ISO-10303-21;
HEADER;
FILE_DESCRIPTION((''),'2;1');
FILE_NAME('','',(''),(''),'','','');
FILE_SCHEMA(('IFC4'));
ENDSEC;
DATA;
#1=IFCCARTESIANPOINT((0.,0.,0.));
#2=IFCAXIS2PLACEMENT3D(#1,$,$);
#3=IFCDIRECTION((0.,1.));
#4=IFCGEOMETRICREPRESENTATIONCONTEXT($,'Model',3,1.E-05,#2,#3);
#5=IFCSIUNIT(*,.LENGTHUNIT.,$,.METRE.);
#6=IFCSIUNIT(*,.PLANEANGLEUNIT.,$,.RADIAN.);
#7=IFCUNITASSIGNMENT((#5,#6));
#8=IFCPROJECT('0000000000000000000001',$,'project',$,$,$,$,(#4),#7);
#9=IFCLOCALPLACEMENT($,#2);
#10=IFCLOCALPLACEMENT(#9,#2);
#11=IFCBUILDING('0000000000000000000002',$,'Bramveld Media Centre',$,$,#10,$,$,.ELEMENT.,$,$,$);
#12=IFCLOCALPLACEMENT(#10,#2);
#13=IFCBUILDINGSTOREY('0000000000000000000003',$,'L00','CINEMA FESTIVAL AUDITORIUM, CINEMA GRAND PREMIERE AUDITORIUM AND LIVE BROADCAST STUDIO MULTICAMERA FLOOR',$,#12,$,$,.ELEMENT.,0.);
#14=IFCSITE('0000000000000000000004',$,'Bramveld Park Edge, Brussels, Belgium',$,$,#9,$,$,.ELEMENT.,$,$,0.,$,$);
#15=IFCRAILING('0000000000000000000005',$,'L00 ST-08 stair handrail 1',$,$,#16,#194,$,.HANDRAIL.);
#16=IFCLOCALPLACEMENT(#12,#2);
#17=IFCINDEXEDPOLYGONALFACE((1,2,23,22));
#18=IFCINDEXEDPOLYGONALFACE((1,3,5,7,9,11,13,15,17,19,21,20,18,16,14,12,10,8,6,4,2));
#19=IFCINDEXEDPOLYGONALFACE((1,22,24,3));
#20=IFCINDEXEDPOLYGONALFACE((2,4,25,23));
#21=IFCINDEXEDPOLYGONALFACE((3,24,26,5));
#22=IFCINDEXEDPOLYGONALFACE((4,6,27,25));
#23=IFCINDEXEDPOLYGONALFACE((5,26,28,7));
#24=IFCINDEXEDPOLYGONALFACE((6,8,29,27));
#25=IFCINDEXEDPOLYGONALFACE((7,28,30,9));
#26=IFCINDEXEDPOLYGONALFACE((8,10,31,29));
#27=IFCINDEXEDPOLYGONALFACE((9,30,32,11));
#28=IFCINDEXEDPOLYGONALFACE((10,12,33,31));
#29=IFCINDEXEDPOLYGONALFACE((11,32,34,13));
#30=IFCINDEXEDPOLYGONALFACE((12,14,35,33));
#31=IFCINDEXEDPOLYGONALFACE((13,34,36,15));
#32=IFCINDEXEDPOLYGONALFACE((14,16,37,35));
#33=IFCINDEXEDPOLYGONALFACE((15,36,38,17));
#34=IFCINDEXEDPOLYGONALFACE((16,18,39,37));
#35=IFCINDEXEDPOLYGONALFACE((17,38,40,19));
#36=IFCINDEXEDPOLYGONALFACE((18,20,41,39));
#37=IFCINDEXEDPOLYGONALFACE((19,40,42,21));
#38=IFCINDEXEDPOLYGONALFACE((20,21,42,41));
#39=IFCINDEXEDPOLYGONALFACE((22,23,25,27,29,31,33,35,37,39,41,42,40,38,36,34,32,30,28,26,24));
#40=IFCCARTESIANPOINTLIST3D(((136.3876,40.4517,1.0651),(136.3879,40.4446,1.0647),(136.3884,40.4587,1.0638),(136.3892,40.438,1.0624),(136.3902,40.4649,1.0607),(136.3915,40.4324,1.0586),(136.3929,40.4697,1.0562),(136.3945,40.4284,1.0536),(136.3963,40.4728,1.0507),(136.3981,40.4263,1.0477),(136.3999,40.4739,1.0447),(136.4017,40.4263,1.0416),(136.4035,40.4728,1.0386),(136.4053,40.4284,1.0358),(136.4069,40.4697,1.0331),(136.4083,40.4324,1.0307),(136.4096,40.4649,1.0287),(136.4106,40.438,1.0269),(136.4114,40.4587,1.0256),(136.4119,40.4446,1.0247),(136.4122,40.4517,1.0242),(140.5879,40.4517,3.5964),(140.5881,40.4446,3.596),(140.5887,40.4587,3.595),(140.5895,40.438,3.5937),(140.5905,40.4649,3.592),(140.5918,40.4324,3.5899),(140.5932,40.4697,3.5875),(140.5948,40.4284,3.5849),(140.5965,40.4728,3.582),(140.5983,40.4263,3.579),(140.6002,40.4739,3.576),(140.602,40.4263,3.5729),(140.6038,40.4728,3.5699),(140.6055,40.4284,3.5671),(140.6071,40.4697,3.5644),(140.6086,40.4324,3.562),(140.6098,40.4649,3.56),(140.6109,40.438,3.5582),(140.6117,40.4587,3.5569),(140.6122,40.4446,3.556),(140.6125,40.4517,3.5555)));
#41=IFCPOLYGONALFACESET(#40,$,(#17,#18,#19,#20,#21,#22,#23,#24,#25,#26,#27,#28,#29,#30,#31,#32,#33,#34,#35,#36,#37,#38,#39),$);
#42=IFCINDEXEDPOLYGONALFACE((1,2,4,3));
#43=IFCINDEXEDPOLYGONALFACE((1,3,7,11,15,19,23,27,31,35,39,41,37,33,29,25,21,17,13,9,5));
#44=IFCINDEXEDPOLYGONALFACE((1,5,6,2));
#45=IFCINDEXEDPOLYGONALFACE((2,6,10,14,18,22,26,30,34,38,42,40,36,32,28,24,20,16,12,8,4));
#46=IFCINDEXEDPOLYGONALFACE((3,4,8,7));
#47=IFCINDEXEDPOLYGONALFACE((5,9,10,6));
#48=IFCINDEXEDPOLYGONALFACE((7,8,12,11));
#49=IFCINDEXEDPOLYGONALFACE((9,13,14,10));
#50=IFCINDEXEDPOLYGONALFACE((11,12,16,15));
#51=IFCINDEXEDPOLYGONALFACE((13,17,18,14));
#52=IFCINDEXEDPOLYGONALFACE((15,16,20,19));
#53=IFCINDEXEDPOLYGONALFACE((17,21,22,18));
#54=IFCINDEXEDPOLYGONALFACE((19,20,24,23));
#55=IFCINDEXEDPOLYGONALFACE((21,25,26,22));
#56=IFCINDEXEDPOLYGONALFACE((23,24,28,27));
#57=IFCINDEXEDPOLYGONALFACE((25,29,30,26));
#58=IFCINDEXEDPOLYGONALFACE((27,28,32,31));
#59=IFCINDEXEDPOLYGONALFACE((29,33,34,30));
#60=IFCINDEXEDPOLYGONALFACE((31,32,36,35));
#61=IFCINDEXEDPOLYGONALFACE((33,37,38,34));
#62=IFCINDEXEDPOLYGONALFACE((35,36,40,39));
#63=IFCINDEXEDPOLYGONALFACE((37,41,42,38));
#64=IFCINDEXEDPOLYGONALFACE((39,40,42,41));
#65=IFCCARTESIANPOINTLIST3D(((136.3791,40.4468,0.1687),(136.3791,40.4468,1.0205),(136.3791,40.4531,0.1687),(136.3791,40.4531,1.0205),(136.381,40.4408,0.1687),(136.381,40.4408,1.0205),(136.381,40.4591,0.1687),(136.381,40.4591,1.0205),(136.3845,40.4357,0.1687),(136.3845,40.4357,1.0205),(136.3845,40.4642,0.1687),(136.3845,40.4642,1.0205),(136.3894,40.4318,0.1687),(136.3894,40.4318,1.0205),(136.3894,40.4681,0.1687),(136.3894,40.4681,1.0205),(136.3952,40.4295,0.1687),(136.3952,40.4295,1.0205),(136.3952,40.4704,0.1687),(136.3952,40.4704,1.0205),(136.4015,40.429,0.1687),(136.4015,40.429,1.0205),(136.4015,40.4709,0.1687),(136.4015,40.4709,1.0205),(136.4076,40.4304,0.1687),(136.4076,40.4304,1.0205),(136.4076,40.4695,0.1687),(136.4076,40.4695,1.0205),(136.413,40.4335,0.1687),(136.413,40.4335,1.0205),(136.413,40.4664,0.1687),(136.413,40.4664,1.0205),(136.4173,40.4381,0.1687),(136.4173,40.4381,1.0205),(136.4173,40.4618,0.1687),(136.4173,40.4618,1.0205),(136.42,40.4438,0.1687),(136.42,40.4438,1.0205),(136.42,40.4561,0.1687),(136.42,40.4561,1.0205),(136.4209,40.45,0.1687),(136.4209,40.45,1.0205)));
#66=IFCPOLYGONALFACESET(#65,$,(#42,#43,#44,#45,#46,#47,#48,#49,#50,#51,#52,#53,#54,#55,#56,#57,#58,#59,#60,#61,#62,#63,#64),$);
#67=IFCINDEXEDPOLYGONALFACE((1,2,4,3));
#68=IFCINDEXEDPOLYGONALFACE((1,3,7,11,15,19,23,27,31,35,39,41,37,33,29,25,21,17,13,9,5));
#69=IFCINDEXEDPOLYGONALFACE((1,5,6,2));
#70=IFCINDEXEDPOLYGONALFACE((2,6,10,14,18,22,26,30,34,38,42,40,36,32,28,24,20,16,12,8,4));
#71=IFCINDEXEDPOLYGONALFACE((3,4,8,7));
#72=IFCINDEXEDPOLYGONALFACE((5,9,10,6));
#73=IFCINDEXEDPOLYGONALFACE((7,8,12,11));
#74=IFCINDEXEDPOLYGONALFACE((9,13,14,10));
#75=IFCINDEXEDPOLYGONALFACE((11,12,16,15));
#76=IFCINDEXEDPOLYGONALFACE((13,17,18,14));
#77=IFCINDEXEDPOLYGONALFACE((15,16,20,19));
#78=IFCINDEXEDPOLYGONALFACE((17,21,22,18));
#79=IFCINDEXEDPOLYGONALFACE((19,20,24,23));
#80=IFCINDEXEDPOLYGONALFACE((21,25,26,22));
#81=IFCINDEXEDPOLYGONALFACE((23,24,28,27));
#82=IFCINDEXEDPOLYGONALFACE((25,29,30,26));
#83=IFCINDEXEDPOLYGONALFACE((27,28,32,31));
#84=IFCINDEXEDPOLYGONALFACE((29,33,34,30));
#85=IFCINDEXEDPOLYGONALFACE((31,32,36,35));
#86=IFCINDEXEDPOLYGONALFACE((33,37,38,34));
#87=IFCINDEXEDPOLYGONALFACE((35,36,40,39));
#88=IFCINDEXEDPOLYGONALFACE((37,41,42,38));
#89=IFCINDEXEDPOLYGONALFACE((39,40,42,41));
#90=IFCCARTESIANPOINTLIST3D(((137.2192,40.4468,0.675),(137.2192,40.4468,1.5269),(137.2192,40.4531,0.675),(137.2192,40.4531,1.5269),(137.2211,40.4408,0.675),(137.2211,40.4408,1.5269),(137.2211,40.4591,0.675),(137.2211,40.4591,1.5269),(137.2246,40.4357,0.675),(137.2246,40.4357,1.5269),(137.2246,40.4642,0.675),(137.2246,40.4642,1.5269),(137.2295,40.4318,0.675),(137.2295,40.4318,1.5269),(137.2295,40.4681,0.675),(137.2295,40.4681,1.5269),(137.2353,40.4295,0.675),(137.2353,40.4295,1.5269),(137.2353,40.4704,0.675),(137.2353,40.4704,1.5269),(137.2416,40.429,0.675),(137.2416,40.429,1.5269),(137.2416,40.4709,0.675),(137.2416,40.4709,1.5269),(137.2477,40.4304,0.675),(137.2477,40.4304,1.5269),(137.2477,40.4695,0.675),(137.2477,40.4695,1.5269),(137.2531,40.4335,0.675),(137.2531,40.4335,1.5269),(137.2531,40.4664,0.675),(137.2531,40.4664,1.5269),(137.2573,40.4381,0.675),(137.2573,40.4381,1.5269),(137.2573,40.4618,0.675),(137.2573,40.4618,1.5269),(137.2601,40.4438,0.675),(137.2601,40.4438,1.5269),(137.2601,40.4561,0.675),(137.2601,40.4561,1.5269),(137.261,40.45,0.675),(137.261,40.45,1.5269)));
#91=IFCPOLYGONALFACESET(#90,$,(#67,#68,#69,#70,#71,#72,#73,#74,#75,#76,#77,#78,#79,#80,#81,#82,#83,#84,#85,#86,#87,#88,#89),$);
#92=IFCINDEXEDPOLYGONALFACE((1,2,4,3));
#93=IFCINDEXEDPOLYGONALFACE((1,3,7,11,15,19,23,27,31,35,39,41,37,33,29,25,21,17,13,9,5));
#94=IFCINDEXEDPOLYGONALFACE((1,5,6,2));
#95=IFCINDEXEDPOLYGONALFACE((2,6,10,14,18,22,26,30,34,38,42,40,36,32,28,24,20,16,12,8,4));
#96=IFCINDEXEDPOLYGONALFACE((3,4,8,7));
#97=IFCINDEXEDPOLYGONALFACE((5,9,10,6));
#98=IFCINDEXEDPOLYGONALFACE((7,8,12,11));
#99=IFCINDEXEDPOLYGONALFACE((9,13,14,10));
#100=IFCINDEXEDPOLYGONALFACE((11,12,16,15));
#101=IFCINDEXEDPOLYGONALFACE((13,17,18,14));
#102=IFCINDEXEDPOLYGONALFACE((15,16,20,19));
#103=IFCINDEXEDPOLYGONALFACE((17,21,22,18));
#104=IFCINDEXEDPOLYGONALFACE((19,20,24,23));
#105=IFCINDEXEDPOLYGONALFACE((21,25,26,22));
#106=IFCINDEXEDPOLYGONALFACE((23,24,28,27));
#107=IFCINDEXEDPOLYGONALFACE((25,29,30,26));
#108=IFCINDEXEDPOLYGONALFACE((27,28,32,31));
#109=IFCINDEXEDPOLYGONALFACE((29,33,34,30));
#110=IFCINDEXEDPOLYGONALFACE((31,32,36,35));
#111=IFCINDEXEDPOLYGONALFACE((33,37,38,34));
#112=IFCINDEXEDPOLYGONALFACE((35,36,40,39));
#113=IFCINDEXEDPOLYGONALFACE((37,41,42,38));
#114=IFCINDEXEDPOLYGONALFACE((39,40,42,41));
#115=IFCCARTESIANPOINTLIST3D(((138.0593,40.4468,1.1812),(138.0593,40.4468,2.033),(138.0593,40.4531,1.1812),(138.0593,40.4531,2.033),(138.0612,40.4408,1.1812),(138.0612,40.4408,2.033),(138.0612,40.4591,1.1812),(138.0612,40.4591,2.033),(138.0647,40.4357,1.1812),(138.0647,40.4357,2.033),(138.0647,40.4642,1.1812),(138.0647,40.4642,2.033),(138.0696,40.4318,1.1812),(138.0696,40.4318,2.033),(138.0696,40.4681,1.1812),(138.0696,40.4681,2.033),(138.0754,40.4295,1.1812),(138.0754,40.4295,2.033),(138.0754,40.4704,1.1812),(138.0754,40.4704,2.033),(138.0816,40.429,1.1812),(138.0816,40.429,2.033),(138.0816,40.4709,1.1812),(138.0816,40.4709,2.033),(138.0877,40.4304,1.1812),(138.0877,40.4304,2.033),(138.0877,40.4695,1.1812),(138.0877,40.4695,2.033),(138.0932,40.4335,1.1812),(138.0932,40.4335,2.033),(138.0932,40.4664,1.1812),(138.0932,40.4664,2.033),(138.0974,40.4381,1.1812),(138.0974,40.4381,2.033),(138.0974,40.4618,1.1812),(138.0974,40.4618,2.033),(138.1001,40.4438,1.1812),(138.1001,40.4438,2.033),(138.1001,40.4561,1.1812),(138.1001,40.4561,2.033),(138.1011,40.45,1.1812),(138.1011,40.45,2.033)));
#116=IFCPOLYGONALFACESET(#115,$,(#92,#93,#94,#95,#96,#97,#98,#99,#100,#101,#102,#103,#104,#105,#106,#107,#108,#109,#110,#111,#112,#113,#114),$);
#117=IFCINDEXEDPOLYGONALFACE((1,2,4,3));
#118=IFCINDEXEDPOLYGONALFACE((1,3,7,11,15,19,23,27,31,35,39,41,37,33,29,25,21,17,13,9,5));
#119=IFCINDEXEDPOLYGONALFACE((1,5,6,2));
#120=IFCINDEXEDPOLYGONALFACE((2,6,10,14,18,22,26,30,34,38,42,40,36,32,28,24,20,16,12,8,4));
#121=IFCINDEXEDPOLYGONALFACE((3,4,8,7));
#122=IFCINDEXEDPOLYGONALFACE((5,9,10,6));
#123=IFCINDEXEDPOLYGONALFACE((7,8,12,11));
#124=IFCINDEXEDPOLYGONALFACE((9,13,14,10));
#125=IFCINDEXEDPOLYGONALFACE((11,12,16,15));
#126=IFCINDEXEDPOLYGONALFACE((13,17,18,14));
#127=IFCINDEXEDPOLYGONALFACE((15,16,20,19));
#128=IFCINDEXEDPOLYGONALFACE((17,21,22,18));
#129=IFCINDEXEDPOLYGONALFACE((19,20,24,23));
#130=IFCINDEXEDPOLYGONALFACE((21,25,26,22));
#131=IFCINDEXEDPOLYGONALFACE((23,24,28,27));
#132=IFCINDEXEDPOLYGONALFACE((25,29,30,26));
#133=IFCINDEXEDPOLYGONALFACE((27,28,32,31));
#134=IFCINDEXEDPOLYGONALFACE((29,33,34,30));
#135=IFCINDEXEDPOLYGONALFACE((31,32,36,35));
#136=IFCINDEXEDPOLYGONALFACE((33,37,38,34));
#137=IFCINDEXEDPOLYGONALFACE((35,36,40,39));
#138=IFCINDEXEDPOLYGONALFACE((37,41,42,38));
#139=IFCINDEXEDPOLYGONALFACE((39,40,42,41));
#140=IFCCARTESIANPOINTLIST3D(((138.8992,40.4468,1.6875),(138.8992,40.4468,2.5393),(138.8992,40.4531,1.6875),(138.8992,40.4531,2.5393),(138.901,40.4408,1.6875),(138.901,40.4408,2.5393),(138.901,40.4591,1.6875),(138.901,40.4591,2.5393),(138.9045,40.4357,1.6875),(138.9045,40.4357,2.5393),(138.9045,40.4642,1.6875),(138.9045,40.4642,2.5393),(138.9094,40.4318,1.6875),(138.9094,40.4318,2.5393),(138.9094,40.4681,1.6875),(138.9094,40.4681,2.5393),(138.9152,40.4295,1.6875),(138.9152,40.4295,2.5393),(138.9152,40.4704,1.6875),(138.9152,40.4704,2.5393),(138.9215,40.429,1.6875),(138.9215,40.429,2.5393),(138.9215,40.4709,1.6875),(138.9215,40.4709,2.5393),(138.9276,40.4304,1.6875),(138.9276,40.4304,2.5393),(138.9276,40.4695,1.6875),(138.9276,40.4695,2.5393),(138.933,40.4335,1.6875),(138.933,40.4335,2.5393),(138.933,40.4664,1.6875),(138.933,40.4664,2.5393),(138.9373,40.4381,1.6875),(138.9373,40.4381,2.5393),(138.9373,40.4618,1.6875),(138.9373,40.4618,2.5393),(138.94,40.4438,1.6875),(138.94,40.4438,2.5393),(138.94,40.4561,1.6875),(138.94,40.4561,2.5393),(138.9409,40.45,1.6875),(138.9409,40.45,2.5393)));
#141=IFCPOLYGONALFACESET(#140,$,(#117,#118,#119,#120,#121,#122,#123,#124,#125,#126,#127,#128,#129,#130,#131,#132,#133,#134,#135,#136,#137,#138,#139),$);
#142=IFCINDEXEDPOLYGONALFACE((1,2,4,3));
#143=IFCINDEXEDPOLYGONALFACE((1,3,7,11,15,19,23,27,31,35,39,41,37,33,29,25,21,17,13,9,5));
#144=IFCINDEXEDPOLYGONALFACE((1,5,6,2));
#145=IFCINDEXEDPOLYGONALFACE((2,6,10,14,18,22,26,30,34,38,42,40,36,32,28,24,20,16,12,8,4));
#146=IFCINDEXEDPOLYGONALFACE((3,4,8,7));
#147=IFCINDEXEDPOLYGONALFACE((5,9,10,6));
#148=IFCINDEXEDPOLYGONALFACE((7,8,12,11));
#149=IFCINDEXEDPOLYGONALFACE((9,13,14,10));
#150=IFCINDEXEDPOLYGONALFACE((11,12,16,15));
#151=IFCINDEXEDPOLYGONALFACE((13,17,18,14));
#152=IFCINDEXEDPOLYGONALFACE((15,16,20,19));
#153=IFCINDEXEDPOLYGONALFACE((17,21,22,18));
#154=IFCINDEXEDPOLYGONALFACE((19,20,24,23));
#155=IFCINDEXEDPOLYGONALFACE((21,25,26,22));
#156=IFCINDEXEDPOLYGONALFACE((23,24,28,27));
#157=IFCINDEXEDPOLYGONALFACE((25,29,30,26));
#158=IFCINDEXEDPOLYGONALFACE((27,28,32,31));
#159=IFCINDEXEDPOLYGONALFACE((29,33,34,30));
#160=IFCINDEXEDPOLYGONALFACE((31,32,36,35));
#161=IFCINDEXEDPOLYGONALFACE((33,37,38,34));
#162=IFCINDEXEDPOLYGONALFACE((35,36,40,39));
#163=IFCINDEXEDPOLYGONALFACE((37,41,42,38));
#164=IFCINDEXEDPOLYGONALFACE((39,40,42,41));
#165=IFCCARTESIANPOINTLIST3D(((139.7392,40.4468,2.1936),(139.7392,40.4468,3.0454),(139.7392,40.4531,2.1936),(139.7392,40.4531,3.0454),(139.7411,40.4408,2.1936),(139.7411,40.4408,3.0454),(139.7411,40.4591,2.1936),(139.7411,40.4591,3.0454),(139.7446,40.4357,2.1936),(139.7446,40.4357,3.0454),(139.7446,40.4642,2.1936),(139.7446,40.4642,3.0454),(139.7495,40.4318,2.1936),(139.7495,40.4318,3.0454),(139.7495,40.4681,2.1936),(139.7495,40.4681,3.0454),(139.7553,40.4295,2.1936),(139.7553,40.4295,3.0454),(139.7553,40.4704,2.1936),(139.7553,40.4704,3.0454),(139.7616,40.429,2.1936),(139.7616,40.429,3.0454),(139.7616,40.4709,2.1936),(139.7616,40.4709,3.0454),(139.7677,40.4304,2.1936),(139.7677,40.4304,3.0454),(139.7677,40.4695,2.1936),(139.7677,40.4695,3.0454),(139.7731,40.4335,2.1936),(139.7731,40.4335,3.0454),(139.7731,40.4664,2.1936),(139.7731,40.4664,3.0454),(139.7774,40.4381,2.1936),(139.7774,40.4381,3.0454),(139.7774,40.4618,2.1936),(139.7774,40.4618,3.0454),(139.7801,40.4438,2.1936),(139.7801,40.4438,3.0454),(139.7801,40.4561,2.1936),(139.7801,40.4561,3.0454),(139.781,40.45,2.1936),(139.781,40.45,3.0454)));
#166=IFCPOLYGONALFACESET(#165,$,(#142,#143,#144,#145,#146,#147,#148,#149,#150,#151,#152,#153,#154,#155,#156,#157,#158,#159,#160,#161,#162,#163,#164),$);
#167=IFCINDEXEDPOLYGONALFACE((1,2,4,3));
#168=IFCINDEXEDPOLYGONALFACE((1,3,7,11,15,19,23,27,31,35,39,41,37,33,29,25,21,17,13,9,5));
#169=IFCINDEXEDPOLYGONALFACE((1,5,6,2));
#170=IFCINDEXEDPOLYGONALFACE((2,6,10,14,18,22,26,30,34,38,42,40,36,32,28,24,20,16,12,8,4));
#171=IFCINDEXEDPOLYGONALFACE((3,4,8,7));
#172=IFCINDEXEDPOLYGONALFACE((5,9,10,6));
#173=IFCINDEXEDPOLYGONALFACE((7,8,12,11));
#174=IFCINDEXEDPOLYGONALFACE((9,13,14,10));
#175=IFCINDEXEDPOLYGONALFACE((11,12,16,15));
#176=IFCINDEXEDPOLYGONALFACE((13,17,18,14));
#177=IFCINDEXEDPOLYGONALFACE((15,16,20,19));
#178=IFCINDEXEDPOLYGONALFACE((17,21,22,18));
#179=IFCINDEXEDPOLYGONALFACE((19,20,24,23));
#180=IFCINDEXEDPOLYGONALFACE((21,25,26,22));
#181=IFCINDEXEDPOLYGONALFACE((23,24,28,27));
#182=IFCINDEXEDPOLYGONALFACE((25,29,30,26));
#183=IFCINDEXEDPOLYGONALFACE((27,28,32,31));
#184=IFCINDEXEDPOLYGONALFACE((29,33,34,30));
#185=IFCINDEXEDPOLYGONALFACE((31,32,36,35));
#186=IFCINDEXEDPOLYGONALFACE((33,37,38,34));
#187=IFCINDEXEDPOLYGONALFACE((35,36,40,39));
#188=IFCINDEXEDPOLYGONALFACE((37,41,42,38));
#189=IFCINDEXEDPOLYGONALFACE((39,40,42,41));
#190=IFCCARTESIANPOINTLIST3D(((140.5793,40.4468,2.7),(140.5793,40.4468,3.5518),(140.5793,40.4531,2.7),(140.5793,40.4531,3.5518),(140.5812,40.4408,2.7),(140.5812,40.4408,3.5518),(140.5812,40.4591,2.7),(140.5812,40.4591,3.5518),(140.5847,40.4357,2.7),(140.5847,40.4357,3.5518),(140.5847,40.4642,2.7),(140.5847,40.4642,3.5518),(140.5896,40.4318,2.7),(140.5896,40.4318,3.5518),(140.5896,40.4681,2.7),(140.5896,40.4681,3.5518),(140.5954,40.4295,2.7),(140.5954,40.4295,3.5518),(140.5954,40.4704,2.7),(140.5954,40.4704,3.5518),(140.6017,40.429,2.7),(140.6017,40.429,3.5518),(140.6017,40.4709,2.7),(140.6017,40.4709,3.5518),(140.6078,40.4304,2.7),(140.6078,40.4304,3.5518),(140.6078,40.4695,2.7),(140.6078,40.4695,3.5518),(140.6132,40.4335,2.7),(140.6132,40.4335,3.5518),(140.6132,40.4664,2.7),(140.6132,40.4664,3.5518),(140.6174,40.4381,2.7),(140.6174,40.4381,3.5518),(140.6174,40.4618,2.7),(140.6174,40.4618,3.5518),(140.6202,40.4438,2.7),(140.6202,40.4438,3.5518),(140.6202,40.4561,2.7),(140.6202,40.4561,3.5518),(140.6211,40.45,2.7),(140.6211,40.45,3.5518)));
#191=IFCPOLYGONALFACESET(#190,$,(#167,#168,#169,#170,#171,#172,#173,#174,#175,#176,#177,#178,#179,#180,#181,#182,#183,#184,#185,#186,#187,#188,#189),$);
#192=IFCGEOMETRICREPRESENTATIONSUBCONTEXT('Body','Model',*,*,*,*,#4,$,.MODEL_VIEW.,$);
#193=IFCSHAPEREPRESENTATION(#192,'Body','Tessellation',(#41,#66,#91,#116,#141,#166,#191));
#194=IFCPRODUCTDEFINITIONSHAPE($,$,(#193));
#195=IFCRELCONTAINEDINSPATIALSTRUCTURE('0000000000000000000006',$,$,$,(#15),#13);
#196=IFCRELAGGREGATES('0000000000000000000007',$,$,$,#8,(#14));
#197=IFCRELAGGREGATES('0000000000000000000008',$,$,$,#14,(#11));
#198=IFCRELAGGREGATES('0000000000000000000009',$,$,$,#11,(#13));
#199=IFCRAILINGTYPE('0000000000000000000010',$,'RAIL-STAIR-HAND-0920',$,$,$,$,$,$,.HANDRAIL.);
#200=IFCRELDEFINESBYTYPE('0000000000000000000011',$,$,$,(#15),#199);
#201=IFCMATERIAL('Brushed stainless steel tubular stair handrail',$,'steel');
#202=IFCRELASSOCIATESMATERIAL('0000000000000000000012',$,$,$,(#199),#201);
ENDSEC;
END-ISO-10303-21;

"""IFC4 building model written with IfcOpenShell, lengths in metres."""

from ifc_helpers import new_model, si_unit, direction, frame, origin, origin_2d, place, context, subcontext, project, spatial, circle, extrude, material, type_object, element, save


model = new_model("IFC4")

# Units and contexts
model_context = context("Model", 3, precision=1e-05, world=origin(), true_north=direction((0.0, 1.0)))
body_context = subcontext(model_context, "Body", "Model", "MODEL_VIEW")
ifc_project = project(units=[si_unit("LENGTHUNIT", "METRE"), si_unit("PLANEANGLEUNIT", "RADIAN")], contexts=[model_context])

# Site, building, storey
site_placement = place(None, origin())
site = spatial("IfcSite", under=ifc_project, at=site_placement, Name="Bramveld Park Edge, Brussels, Belgium", CompositionType="ELEMENT", RefElevation=0.0)
building_placement = place(site_placement, origin())
building = spatial("IfcBuilding", under=site, at=building_placement, Name="Bramveld Media Centre", CompositionType="ELEMENT")
storey_placement = place(building_placement, origin())
storey = spatial("IfcBuildingStorey", under=building, at=storey_placement, Name="L00", Description="CINEMA FESTIVAL AUDITORIUM, CINEMA GRAND PREMIERE AUDITORIUM AND LIVE BROADCAST STUDIO MULTICAMERA FLOOR", CompositionType="ELEMENT", Elevation=0.0)

# Railing
ifc_material_1 = material(Name="Brushed stainless steel tubular stair handrail", Category="steel")
railing_type_1 = type_object("IfcRailingType", Name="RAIL-STAIR-HAND-0920", PredefinedType="HANDRAIL", material=ifc_material_1)
railing_1_placement = place(storey_placement, frame((136.3999, 40.45, 0.1687)))
element("IfcRailing", 1, at=railing_1_placement, inside=storey, type_object=railing_type_1, Name="L00 ST-08 stair handrail 1", PredefinedType="HANDRAIL", context=body_context, shape_type="SweptSolid", body=[
    extrude(circle(Radius=0.0239, at=origin_2d()), frame((0.0, 0.0, 0.876), z_axis=(0.85649, 0.0, 0.516164), x_axis=(0.0, 1.0, 0.0)), (0.0, 0.0, 1.0), 4.9041),
    extrude(circle(Radius=0.021, at=origin_2d()), origin(), (0.0, 0.0, 1.0), 0.8518),
    extrude(circle(Radius=0.021, at=origin_2d()), frame((0.8401, 0.0, 0.5063)), (0.0, 0.0, 1.0), 0.8518),
    extrude(circle(Radius=0.021, at=origin_2d()), frame((1.6802, 0.0, 1.0125)), (0.0, 0.0, 1.0), 0.8518),
    extrude(circle(Radius=0.021, at=origin_2d()), frame((2.52, 0.0, 1.5188)), (0.0, 0.0, 1.0), 0.8518),
    extrude(circle(Radius=0.021, at=origin_2d()), frame((3.3601, 0.0, 2.0249)), (0.0, 0.0, 1.0), 0.8518),
    extrude(circle(Radius=0.021, at=origin_2d()), frame((4.2002, 0.0, 2.5312)), (0.0, 0.0, 1.0), 0.8518),
])

save(model, "model.ifc")
